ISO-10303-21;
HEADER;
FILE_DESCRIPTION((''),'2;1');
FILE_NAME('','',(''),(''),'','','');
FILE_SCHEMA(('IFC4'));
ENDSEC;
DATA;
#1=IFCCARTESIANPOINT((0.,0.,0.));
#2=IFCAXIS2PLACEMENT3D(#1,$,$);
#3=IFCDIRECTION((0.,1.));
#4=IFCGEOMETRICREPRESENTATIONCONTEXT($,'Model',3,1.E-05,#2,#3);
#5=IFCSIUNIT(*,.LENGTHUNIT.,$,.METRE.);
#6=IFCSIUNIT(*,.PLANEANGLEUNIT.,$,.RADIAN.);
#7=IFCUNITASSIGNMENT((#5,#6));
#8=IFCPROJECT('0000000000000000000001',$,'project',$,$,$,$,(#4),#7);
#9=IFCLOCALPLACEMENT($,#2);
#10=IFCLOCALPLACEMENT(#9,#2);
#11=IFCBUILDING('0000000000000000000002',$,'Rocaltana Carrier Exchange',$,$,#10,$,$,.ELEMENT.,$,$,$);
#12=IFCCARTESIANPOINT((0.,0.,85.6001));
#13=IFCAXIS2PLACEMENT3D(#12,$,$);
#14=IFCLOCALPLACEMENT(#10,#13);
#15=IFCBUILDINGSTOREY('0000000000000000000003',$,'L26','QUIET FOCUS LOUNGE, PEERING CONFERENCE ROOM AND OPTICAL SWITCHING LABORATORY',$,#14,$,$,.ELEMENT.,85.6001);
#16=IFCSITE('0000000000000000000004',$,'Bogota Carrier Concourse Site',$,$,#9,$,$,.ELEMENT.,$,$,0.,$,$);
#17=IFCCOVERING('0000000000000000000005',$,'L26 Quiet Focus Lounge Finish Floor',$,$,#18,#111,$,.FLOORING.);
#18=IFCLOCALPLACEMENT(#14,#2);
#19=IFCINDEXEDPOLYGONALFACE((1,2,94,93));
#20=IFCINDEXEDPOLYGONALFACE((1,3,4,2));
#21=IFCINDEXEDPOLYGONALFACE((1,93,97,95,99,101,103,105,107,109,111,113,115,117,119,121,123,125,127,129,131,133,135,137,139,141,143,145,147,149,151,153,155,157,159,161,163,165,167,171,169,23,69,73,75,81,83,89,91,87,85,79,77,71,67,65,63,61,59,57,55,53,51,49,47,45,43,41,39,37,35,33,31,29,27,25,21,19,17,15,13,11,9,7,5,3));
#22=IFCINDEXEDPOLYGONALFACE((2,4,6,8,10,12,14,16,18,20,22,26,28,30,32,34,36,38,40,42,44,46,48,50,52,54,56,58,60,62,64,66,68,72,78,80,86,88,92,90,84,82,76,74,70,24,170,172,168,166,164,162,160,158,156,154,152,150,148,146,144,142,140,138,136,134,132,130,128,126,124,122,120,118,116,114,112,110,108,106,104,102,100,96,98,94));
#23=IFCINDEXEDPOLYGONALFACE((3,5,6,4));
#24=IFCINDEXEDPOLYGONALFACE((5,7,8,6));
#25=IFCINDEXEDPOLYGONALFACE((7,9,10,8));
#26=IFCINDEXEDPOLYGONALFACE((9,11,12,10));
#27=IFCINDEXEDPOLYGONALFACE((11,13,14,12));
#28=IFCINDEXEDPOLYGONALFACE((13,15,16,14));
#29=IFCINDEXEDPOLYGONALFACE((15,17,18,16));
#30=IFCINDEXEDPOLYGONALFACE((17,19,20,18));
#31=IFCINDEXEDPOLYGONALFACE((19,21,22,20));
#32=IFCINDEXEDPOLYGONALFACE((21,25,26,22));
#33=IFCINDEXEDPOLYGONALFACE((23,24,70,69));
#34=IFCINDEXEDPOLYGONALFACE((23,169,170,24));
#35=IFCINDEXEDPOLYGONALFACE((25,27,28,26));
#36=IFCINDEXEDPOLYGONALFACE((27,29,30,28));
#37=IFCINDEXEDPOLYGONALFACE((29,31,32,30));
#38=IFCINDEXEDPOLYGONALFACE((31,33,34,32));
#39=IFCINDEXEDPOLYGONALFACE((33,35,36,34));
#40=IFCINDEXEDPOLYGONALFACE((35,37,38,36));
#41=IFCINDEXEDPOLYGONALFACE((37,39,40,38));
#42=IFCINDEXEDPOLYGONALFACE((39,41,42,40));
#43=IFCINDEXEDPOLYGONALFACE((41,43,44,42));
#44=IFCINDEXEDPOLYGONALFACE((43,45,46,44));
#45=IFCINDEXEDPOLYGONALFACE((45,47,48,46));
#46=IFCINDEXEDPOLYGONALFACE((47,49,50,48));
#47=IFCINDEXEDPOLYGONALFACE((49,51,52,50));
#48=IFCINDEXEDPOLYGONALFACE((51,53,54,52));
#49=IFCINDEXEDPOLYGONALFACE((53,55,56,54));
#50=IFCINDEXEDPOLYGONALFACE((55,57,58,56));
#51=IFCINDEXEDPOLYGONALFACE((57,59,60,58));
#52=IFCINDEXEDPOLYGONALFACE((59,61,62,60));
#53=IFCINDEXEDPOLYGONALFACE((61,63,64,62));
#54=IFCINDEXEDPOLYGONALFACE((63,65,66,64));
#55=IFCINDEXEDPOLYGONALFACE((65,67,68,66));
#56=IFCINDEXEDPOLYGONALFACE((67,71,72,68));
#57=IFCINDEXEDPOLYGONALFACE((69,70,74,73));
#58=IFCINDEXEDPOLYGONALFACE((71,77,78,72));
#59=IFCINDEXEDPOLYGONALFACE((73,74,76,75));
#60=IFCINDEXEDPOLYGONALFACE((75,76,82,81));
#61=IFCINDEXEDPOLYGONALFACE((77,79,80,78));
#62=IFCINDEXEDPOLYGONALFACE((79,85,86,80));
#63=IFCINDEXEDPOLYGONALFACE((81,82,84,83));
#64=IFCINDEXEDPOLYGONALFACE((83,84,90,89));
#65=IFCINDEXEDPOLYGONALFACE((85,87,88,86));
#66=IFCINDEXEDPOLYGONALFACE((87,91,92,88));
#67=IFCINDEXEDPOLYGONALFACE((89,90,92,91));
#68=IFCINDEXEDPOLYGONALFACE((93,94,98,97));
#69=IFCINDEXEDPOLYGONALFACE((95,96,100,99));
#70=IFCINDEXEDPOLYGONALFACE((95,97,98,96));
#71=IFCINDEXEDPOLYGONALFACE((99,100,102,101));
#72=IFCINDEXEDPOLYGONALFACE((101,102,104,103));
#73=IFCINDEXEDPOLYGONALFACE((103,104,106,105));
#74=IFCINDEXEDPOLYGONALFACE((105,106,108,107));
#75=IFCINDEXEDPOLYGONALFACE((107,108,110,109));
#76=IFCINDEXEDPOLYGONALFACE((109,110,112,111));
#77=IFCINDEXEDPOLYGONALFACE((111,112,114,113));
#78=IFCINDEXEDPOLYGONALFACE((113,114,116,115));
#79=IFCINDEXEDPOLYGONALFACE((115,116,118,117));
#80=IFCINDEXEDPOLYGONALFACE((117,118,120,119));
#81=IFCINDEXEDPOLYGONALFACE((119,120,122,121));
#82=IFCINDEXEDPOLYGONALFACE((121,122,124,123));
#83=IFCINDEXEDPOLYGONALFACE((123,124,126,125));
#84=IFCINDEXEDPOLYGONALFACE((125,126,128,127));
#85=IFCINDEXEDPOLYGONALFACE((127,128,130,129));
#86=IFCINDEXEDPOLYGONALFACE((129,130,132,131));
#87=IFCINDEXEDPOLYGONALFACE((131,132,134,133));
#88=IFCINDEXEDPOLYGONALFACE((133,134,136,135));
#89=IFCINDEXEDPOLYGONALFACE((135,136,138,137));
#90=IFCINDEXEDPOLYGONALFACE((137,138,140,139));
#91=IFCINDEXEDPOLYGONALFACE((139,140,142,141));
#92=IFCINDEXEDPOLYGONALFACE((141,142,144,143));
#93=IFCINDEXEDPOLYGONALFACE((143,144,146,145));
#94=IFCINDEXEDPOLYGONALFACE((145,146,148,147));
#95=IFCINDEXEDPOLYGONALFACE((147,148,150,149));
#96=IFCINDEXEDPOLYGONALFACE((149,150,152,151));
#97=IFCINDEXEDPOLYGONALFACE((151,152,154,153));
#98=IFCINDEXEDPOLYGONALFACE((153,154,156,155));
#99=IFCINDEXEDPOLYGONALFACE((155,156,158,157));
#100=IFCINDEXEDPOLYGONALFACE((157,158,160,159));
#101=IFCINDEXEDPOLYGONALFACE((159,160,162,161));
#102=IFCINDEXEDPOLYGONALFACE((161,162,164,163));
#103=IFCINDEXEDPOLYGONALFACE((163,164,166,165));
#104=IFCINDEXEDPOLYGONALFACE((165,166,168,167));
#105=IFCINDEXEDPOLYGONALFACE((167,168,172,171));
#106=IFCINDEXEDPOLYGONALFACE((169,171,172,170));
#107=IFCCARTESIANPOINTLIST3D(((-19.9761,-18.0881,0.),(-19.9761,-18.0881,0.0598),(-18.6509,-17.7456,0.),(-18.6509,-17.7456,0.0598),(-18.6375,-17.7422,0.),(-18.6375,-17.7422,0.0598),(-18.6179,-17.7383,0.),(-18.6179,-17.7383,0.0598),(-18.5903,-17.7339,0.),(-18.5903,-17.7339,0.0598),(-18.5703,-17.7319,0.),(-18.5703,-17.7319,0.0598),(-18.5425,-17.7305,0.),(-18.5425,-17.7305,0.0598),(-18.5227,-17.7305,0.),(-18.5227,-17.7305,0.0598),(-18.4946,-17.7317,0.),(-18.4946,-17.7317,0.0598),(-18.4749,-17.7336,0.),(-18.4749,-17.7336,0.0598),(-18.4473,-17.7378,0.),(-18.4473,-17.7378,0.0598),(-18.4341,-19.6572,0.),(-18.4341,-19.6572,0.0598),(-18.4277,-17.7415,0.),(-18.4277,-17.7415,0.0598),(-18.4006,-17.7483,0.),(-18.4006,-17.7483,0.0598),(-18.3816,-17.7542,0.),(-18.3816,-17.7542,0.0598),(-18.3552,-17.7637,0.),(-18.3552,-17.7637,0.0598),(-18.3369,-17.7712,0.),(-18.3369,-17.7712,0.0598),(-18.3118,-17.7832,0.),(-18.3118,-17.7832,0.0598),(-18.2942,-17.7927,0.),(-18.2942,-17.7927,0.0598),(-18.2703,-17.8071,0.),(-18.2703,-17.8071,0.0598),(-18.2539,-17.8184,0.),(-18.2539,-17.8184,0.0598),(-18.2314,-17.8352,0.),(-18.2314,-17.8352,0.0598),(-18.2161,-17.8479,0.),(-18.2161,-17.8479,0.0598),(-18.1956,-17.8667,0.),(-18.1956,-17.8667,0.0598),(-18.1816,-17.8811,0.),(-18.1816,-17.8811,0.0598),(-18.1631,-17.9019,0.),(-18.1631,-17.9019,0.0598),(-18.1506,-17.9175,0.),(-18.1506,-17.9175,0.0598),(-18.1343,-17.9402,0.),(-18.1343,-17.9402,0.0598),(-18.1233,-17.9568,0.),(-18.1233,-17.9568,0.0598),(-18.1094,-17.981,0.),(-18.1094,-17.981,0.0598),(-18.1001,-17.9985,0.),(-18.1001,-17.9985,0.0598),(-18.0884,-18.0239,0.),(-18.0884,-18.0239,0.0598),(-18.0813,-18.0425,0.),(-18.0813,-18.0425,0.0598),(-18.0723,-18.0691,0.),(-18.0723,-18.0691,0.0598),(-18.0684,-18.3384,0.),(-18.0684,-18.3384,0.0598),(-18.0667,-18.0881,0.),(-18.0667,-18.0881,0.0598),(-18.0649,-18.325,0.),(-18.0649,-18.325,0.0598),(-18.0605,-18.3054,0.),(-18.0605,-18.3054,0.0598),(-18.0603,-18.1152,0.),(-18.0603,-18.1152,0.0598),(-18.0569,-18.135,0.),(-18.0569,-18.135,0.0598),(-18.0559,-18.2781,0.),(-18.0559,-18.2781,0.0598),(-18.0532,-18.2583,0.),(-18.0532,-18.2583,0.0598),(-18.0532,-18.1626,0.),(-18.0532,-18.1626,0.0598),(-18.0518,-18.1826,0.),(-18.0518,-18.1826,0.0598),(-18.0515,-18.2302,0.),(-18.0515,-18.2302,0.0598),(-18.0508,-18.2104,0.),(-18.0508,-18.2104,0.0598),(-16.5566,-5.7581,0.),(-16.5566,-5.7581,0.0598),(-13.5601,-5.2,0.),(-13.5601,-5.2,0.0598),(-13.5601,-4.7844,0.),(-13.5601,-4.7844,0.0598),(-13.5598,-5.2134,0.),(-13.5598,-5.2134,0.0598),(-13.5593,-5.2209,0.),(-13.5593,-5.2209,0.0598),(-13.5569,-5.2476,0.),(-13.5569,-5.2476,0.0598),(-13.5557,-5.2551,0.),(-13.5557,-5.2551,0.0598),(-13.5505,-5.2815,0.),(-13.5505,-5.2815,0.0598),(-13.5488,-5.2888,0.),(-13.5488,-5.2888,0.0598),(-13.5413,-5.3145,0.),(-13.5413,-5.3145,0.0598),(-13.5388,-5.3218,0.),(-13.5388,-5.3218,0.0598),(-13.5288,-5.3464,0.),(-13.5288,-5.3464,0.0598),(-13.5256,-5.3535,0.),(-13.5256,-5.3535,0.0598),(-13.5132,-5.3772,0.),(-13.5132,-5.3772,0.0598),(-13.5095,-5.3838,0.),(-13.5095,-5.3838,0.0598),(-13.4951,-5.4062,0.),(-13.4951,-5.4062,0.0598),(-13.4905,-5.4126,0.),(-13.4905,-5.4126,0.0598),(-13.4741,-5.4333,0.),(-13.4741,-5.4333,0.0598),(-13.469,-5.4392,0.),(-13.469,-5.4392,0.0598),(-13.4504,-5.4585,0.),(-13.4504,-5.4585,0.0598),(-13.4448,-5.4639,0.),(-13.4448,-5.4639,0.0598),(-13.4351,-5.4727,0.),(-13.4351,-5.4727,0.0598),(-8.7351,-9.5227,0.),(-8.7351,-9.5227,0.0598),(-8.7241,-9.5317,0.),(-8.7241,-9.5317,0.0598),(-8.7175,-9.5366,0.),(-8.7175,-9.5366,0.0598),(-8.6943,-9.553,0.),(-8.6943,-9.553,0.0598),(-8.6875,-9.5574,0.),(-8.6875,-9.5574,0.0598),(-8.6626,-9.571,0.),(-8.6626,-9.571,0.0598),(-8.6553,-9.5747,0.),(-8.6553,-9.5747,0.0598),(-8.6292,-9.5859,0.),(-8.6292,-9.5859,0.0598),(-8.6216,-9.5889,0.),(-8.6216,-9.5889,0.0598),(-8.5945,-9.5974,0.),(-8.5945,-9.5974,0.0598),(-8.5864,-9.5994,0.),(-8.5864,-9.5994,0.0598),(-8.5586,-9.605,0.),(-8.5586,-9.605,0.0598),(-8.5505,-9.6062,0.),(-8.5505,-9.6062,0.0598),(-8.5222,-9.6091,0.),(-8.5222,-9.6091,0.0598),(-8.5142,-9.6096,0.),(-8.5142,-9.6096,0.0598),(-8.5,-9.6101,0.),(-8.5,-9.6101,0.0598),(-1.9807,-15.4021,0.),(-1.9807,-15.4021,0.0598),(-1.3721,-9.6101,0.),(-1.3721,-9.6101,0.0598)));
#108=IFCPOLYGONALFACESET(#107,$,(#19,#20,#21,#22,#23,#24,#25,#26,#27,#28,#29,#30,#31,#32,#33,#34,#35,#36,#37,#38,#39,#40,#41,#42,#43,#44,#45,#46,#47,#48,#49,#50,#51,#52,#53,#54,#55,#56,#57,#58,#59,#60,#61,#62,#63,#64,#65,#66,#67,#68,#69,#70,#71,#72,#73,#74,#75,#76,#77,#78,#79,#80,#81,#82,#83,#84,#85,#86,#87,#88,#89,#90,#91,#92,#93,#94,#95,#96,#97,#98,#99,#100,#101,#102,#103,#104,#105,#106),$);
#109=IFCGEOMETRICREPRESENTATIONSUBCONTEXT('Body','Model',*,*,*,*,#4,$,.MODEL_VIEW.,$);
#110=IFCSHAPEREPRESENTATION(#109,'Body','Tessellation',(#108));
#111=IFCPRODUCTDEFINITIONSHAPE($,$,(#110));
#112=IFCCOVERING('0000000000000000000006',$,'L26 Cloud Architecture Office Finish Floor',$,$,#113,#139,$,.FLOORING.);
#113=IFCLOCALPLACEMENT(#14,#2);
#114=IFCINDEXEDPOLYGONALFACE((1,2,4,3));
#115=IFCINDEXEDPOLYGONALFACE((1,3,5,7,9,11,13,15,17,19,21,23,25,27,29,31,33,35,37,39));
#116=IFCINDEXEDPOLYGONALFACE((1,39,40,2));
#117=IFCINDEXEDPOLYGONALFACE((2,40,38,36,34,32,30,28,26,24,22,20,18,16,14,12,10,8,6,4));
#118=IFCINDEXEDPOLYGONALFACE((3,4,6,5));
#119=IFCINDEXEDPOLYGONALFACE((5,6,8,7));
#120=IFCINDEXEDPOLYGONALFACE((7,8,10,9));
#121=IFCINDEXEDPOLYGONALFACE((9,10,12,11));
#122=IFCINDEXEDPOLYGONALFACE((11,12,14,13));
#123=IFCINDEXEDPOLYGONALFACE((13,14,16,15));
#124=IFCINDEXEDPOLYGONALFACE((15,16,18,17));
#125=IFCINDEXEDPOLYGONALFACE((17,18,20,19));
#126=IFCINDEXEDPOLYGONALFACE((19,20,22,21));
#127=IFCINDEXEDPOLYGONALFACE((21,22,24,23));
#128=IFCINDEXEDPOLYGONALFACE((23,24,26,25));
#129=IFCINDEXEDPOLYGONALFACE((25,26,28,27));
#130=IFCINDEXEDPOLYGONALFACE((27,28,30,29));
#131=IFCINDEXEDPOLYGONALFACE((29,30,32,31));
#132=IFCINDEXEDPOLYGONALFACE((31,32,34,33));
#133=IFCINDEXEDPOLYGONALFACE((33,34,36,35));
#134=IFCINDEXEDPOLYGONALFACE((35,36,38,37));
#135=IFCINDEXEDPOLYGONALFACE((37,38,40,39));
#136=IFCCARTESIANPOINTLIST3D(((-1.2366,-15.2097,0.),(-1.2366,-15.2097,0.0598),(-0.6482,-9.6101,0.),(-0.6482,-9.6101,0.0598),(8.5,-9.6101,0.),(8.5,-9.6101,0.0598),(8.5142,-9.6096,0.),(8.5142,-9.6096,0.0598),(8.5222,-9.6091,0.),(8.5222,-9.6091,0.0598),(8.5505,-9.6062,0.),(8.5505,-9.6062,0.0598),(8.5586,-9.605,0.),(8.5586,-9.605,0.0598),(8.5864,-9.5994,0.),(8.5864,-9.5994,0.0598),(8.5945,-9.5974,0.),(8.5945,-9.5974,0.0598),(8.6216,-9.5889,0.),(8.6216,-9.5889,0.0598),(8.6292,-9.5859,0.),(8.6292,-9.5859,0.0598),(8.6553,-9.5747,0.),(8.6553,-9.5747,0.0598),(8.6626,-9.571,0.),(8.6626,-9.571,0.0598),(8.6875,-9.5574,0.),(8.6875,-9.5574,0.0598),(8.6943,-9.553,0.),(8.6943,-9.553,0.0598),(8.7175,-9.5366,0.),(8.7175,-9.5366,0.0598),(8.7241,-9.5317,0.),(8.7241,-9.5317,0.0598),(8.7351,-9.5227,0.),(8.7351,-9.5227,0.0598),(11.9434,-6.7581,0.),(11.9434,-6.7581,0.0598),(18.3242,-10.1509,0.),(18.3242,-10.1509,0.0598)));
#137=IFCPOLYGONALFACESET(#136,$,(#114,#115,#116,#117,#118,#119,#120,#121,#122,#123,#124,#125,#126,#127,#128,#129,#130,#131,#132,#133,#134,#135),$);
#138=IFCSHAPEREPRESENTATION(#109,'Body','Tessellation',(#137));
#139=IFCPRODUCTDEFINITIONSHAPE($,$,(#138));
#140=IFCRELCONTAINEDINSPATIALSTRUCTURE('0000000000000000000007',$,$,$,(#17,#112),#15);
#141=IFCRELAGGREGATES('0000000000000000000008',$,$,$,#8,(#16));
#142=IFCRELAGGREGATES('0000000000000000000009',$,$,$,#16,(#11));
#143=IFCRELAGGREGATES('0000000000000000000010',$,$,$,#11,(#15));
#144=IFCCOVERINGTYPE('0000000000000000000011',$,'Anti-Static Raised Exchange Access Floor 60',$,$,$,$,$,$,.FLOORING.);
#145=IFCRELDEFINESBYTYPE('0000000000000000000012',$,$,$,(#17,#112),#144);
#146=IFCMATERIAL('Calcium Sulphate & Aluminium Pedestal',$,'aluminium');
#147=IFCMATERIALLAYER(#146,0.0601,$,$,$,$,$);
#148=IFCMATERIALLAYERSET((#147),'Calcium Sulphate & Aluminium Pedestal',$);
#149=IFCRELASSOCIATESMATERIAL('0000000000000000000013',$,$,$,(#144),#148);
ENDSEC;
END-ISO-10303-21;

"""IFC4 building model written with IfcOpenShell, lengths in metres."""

from ifc_helpers import new_model, si_unit, direction, frame, origin, place, context, subcontext, project, spatial, polyline, outline, extrude, material, layer, layer_set, type_object, element, save


model = new_model("IFC4")

# Units and contexts
model_context = context("Model", 3, precision=1e-05, world=origin(), true_north=direction((0.0, 1.0)))
body_context = subcontext(model_context, "Body", "Model", "MODEL_VIEW")
ifc_project = project(units=[si_unit("LENGTHUNIT", "METRE"), si_unit("PLANEANGLEUNIT", "RADIAN")], contexts=[model_context])

# Site, building, storey
site_placement = place(None, origin())
site = spatial("IfcSite", under=ifc_project, at=site_placement, Name="Bogota Carrier Concourse Site", CompositionType="ELEMENT", RefElevation=0.0)
building_placement = place(site_placement, origin())
building = spatial("IfcBuilding", under=site, at=building_placement, Name="Rocaltana Carrier Exchange", CompositionType="ELEMENT")
storey_placement = place(building_placement, frame((0.0, 0.0, 85.6001)))
storey = spatial("IfcBuildingStorey", under=building, at=storey_placement, Name="L26", Description="QUIET FOCUS LOUNGE, PEERING CONFERENCE ROOM AND OPTICAL SWITCHING LABORATORY", CompositionType="ELEMENT", Elevation=85.6001)

# Coverings
ifc_material_1 = material(Name="Calcium Sulphate & Aluminium Pedestal", Category="aluminium")
ifc_layer_1 = layer(ifc_material_1, 0.0601)
ifc_layer_set_1 = layer_set([ifc_layer_1], Name="Calcium Sulphate & Aluminium Pedestal")
covering_type_1 = type_object("IfcCoveringType", Name="Anti-Static Raised Exchange Access Floor 60", PredefinedType="FLOORING", material=ifc_layer_set_1)
covering_1_placement = place(storey_placement, origin())
element("IfcCovering", 1, at=covering_1_placement, inside=storey, type_object=covering_type_1, Name="L26 Quiet Focus Lounge Finish Floor", PredefinedType="FLOORING", context=body_context, shape_type="SweptSolid", body=[
    extrude(outline(polyline([(-18.0684, -18.3384), (-18.0649, -18.325), (-18.0605, -18.3054), (-18.0559, -18.2781), (-18.0532, -18.2583), (-18.0515, -18.2302), (-18.0508, -18.2104), (-18.0518, -18.1826), (-18.0532, -18.1626), (-18.0569, -18.135), (-18.0603, -18.1152), (-18.0667, -18.0881), (-18.0723, -18.0691), (-18.0813, -18.0425), (-18.0884, -18.0239), (-18.1001, -17.9985), (-18.1094, -17.981), (-18.1233, -17.9568), (-18.1343, -17.9402), (-18.1506, -17.9175), (-18.1631, -17.9019), (-18.1816, -17.8811), (-18.1956, -17.8667), (-18.2161, -17.8479), (-18.2314, -17.8352), (-18.2539, -17.8184), (-18.2703, -17.8071), (-18.2942, -17.7927), (-18.3118, -17.7832), (-18.3369, -17.7712), (-18.3552, -17.7637), (-18.3816, -17.7542), (-18.4006, -17.7483), (-18.4277, -17.7415), (-18.4473, -17.7378), (-18.4749, -17.7336), (-18.4946, -17.7317), (-18.5227, -17.7305), (-18.5425, -17.7305), (-18.5703, -17.7319), (-18.5903, -17.7339), (-18.6179, -17.7383), (-18.6375, -17.7422), (-18.6509, -17.7456), (-19.9761, -18.0881), (-16.5566, -5.7581), (-13.5601, -4.7844), (-13.5601, -5.2), (-13.5598, -5.2134), (-13.5593, -5.2209), (-13.5569, -5.2476), (-13.5557, -5.2551), (-13.5505, -5.2815), (-13.5488, -5.2888), (-13.5413, -5.3145), (-13.5388, -5.3218), (-13.5288, -5.3464), (-13.5256, -5.3535), (-13.5132, -5.3772), (-13.5095, -5.3838), (-13.4951, -5.4062), (-13.4905, -5.4126), (-13.4741, -5.4333), (-13.469, -5.4392), (-13.4504, -5.4585), (-13.4448, -5.4639), (-13.4351, -5.4727), (-8.7351, -9.5227), (-8.7241, -9.5317), (-8.7175, -9.5366), (-8.6943, -9.553), (-8.6875, -9.5574), (-8.6626, -9.571), (-8.6553, -9.5747), (-8.6292, -9.5859), (-8.6216, -9.5889), (-8.5945, -9.5974), (-8.5864, -9.5994), (-8.5586, -9.605), (-8.5505, -9.6062), (-8.5222, -9.6091), (-8.5142, -9.6096), (-8.5, -9.6101), (-1.3721, -9.6101), (-1.9807, -15.4021), (-18.4341, -19.6572), (-18.0684, -18.3384)])), origin(), (0.0, 0.0, 1.0), 0.0598),
])
covering_2_placement = place(storey_placement, origin())
element("IfcCovering", 2, at=covering_2_placement, inside=storey, type_object=covering_type_1, Name="L26 Cloud Architecture Office Finish Floor", PredefinedType="FLOORING", context=body_context, shape_type="SweptSolid", body=[
    extrude(outline(polyline([(-1.2366, -15.2097), (-0.6482, -9.6101), (8.5, -9.6101), (8.5142, -9.6096), (8.5222, -9.6091), (8.5505, -9.6062), (8.5586, -9.605), (8.5864, -9.5994), (8.5945, -9.5974), (8.6216, -9.5889), (8.6292, -9.5859), (8.6553, -9.5747), (8.6626, -9.571), (8.6875, -9.5574), (8.6943, -9.553), (8.7175, -9.5366), (8.7241, -9.5317), (8.7351, -9.5227), (11.9434, -6.7581), (18.3242, -10.1509), (-1.2366, -15.2097)])), origin(), (0.0, 0.0, 1.0), 0.0598),
])

save(model, "model.ifc")
